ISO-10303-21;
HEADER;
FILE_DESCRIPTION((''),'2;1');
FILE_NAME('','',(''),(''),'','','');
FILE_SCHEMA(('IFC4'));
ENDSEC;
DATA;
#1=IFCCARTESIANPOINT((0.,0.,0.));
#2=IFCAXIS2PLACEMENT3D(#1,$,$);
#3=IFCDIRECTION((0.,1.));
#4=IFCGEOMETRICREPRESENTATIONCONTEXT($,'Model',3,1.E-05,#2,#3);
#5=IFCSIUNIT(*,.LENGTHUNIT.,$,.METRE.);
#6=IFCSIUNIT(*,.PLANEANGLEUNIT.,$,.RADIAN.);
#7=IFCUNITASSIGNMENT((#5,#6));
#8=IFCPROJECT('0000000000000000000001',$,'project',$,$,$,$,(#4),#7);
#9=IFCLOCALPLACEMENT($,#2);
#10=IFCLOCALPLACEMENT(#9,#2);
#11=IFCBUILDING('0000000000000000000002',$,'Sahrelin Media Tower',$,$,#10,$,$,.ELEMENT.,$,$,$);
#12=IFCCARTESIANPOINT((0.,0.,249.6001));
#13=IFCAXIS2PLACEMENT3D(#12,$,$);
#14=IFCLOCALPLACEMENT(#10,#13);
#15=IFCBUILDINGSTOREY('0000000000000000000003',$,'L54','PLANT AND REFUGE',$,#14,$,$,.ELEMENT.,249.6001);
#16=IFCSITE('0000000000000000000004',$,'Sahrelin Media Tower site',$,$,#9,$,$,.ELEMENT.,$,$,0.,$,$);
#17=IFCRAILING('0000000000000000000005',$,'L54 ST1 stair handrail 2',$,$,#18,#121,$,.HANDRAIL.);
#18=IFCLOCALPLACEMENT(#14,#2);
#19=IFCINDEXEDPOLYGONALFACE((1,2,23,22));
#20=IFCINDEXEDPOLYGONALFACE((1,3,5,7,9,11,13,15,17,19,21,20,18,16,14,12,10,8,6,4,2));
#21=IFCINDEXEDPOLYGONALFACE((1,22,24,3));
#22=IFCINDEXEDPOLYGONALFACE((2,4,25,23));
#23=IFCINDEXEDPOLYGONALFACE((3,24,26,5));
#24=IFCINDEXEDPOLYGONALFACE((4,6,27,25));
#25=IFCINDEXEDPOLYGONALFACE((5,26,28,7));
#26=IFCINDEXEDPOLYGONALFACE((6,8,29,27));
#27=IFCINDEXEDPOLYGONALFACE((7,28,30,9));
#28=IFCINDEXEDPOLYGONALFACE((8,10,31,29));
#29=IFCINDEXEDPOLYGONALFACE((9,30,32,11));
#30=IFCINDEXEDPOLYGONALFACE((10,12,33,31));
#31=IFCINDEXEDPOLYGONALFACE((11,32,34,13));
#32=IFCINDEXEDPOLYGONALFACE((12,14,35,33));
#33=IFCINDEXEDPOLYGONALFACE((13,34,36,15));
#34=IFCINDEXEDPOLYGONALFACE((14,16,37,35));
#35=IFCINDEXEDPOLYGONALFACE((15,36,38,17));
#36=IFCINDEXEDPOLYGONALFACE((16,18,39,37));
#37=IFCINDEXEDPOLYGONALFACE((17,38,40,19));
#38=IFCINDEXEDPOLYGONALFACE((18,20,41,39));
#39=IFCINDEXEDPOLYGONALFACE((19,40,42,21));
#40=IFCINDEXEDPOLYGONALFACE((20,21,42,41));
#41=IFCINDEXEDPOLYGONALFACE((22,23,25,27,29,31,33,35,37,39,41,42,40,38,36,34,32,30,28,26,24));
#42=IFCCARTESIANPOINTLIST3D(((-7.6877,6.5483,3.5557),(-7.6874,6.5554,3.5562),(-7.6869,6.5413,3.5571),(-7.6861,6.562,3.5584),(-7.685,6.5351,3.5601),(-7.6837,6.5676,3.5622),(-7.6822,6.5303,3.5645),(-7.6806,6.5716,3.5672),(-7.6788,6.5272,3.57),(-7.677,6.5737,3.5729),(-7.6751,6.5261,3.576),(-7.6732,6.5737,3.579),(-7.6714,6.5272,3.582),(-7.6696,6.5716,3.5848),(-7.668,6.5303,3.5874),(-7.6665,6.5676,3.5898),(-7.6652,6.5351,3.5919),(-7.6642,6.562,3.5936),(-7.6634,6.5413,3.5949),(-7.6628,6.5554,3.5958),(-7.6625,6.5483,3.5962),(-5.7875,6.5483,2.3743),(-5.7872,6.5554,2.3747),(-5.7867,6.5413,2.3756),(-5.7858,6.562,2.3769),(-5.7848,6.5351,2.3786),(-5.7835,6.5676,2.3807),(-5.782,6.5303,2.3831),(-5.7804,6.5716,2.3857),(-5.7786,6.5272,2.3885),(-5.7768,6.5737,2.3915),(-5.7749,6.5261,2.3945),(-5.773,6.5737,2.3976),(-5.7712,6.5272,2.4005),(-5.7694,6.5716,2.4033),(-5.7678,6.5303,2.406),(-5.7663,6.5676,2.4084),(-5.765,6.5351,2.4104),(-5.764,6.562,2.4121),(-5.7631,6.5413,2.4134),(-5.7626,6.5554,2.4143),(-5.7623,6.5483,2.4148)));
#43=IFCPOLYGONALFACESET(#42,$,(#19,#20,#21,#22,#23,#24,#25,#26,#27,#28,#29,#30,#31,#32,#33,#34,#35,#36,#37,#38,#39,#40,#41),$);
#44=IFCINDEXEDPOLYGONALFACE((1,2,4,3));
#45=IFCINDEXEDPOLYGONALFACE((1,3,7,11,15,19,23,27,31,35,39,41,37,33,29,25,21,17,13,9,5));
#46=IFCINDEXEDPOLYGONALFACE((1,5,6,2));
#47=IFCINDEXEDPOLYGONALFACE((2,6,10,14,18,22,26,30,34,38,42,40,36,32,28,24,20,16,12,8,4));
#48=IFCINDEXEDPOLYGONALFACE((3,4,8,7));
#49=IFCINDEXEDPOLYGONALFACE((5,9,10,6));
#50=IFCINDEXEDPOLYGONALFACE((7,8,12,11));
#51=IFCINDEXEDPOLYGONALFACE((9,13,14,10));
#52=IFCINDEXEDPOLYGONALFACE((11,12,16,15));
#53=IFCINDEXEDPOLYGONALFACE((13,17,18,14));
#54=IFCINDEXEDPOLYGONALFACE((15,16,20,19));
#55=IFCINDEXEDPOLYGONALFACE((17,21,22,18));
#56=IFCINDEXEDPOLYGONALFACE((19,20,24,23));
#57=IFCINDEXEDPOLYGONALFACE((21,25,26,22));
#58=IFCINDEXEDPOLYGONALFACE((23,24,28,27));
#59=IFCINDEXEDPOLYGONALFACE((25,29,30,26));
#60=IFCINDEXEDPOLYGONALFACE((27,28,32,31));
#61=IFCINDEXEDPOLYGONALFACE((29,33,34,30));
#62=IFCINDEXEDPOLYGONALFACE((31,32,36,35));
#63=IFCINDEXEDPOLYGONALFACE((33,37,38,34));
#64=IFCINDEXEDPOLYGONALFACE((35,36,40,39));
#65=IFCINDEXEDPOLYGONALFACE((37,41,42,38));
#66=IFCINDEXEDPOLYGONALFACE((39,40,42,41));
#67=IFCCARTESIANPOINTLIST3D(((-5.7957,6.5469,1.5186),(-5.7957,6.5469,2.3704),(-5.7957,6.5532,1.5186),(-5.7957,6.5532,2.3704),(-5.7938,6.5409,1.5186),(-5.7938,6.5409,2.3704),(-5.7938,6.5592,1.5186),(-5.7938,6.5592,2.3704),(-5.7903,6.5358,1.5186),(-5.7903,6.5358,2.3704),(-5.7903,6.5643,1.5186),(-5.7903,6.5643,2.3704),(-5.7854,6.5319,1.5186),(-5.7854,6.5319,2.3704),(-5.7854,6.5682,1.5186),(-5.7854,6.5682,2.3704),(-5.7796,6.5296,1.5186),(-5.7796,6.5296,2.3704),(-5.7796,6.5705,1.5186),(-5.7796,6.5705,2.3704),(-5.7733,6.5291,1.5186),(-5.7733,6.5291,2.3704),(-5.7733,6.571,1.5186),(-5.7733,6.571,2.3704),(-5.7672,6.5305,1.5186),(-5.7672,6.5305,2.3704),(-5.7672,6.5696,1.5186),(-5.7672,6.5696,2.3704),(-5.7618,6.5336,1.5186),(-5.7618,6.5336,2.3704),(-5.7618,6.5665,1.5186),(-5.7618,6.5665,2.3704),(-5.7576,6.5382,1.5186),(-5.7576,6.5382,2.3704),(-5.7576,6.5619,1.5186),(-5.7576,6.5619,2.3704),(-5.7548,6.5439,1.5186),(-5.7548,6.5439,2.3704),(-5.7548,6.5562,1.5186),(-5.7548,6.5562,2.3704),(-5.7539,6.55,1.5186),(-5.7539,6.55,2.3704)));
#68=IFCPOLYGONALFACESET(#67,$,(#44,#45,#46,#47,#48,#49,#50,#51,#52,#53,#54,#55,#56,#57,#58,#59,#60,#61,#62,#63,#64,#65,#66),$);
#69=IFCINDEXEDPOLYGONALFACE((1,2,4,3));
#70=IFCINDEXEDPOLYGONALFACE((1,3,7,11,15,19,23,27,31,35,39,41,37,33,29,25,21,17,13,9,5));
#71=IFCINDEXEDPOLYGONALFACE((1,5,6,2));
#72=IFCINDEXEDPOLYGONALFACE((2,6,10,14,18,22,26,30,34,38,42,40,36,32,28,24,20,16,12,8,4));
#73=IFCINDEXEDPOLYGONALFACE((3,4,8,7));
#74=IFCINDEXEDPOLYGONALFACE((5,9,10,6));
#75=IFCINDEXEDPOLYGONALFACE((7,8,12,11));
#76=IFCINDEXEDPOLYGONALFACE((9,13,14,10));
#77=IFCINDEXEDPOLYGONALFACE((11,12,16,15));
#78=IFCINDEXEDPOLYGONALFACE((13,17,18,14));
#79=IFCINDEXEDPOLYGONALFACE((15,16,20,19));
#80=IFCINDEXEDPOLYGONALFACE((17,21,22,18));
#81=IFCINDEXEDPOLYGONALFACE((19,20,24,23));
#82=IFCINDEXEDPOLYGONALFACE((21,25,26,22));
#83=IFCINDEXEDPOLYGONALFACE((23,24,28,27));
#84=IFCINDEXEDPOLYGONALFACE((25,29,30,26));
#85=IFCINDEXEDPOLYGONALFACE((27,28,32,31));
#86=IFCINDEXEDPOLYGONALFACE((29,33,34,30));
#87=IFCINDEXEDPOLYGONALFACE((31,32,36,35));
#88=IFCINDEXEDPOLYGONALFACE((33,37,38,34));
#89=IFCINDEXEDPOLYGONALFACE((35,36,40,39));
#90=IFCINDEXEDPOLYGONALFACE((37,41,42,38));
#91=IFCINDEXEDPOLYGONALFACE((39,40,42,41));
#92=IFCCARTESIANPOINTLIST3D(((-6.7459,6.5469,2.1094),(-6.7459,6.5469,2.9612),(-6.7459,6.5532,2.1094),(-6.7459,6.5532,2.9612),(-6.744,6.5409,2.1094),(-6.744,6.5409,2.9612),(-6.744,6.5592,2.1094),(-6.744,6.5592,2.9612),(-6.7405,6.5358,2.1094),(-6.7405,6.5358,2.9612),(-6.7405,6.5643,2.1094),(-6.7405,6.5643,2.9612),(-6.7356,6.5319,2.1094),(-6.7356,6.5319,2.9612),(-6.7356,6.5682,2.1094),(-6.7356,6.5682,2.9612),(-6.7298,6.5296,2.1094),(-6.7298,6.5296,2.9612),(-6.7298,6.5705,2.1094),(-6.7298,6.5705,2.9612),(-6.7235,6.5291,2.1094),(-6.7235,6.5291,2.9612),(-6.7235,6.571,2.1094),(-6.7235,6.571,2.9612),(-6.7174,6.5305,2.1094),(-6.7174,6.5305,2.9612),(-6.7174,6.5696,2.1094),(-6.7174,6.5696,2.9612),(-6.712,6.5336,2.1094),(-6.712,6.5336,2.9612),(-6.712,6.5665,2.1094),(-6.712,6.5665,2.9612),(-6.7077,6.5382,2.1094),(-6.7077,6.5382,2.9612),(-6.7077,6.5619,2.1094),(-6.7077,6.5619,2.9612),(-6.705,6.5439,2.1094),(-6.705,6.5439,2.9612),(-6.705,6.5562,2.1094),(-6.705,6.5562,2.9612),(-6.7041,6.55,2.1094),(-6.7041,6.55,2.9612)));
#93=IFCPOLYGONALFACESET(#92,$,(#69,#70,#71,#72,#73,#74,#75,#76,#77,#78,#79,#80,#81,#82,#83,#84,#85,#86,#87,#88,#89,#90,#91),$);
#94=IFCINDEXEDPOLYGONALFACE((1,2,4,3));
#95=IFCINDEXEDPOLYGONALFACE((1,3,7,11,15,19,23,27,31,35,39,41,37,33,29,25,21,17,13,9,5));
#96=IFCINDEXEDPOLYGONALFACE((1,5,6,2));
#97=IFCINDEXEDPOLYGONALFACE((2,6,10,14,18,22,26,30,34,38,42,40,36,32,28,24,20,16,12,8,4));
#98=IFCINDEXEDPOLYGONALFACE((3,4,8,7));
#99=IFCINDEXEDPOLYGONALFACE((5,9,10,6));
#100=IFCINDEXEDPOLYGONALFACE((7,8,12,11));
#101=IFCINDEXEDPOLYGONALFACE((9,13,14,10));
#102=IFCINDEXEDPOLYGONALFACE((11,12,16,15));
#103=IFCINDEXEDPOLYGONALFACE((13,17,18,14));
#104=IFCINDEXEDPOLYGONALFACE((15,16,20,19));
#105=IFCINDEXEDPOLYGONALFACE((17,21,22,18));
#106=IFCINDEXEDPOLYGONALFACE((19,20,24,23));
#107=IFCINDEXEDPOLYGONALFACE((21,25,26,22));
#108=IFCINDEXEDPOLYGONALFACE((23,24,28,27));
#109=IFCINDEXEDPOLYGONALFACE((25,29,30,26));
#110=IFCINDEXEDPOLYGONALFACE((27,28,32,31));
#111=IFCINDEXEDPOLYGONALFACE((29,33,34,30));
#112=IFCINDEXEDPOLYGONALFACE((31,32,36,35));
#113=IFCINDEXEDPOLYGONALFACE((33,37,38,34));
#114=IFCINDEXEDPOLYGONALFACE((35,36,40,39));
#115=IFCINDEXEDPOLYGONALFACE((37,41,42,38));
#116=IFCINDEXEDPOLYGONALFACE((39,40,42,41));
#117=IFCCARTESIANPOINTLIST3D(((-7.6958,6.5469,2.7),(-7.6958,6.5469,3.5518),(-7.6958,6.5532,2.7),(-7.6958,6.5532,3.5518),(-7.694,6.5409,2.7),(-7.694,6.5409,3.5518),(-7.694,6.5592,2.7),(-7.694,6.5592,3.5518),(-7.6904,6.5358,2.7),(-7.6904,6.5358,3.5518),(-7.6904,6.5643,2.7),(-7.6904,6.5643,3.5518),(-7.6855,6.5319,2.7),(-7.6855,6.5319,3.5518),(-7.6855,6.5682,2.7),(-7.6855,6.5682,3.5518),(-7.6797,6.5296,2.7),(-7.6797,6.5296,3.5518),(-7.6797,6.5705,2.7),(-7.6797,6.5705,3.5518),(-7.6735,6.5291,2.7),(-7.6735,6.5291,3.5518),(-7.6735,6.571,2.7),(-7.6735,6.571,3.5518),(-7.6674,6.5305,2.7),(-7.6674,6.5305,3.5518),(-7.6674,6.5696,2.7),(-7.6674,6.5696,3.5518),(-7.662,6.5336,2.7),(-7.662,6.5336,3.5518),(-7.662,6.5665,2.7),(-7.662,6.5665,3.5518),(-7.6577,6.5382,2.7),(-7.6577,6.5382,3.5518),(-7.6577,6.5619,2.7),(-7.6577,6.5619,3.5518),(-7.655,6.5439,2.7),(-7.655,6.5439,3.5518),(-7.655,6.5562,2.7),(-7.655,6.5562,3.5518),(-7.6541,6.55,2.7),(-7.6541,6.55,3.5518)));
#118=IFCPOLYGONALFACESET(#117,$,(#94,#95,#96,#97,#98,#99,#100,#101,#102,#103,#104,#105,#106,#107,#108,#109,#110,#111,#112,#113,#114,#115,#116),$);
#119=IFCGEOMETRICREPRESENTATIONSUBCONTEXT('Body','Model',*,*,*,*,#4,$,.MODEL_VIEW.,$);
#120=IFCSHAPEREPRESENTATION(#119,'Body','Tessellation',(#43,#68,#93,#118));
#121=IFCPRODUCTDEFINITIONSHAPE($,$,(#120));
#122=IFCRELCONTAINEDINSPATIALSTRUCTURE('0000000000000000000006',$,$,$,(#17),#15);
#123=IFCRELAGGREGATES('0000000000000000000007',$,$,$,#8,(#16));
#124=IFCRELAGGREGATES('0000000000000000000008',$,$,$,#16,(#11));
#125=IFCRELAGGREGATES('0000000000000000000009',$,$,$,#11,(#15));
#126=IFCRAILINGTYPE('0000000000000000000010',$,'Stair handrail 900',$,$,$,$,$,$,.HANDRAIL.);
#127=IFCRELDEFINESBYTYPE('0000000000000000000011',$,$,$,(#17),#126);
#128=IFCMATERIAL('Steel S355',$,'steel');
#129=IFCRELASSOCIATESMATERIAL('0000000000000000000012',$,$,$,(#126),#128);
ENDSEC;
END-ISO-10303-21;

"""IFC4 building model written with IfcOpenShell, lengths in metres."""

from ifc_helpers import new_model, si_unit, direction, frame, origin, origin_2d, place, context, subcontext, project, spatial, circle, extrude, material, type_object, element, save


model = new_model("IFC4")

# Units and contexts
model_context = context("Model", 3, precision=1e-05, world=origin(), true_north=direction((0.0, 1.0)))
body_context = subcontext(model_context, "Body", "Model", "MODEL_VIEW")
ifc_project = project(units=[si_unit("LENGTHUNIT", "METRE"), si_unit("PLANEANGLEUNIT", "RADIAN")], contexts=[model_context])

# Site, building, storey
site_placement = place(None, origin())
site = spatial("IfcSite", under=ifc_project, at=site_placement, Name="Sahrelin Media Tower site", CompositionType="ELEMENT", RefElevation=0.0)
building_placement = place(site_placement, origin())
building = spatial("IfcBuilding", under=site, at=building_placement, Name="Sahrelin Media Tower", CompositionType="ELEMENT")
storey_placement = place(building_placement, frame((0.0, 0.0, 249.6001)))
storey = spatial("IfcBuildingStorey", under=building, at=storey_placement, Name="L54", Description="PLANT AND REFUGE", CompositionType="ELEMENT", Elevation=249.6001)

# Railing
ifc_material_1 = material(Name="Steel S355", Category="steel")
railing_type_1 = type_object("IfcRailingType", Name="Stair handrail 900", PredefinedType="HANDRAIL", material=ifc_material_1)
railing_1_placement = place(storey_placement, frame((-5.7749, 6.55, 1.5186)))
element("IfcRailing", 1, at=railing_1_placement, inside=storey, type_object=railing_type_1, Name="L54 ST1 stair handrail 2", PredefinedType="HANDRAIL", context=body_context, shape_type="SweptSolid", body=[
    extrude(circle(Radius=0.0239, at=origin_2d()), frame((0.0, 0.0, 0.876), z_axis=(-0.84924, 0.0, 0.528006), x_axis=(0.0, -1.0, 0.0)), (0.0, 0.0, 1.0), 2.2375),
    extrude(circle(Radius=0.021, at=origin_2d()), origin(), (0.0, 0.0, 1.0), 0.8518),
    extrude(circle(Radius=0.021, at=origin_2d()), frame((-0.9502, 0.0, 0.5908)), (0.0, 0.0, 1.0), 0.8518),
    extrude(circle(Radius=0.021, at=origin_2d()), frame((-1.9001, 0.0, 1.1814)), (0.0, 0.0, 1.0), 0.8518),
])

save(model, "model.ifc")
